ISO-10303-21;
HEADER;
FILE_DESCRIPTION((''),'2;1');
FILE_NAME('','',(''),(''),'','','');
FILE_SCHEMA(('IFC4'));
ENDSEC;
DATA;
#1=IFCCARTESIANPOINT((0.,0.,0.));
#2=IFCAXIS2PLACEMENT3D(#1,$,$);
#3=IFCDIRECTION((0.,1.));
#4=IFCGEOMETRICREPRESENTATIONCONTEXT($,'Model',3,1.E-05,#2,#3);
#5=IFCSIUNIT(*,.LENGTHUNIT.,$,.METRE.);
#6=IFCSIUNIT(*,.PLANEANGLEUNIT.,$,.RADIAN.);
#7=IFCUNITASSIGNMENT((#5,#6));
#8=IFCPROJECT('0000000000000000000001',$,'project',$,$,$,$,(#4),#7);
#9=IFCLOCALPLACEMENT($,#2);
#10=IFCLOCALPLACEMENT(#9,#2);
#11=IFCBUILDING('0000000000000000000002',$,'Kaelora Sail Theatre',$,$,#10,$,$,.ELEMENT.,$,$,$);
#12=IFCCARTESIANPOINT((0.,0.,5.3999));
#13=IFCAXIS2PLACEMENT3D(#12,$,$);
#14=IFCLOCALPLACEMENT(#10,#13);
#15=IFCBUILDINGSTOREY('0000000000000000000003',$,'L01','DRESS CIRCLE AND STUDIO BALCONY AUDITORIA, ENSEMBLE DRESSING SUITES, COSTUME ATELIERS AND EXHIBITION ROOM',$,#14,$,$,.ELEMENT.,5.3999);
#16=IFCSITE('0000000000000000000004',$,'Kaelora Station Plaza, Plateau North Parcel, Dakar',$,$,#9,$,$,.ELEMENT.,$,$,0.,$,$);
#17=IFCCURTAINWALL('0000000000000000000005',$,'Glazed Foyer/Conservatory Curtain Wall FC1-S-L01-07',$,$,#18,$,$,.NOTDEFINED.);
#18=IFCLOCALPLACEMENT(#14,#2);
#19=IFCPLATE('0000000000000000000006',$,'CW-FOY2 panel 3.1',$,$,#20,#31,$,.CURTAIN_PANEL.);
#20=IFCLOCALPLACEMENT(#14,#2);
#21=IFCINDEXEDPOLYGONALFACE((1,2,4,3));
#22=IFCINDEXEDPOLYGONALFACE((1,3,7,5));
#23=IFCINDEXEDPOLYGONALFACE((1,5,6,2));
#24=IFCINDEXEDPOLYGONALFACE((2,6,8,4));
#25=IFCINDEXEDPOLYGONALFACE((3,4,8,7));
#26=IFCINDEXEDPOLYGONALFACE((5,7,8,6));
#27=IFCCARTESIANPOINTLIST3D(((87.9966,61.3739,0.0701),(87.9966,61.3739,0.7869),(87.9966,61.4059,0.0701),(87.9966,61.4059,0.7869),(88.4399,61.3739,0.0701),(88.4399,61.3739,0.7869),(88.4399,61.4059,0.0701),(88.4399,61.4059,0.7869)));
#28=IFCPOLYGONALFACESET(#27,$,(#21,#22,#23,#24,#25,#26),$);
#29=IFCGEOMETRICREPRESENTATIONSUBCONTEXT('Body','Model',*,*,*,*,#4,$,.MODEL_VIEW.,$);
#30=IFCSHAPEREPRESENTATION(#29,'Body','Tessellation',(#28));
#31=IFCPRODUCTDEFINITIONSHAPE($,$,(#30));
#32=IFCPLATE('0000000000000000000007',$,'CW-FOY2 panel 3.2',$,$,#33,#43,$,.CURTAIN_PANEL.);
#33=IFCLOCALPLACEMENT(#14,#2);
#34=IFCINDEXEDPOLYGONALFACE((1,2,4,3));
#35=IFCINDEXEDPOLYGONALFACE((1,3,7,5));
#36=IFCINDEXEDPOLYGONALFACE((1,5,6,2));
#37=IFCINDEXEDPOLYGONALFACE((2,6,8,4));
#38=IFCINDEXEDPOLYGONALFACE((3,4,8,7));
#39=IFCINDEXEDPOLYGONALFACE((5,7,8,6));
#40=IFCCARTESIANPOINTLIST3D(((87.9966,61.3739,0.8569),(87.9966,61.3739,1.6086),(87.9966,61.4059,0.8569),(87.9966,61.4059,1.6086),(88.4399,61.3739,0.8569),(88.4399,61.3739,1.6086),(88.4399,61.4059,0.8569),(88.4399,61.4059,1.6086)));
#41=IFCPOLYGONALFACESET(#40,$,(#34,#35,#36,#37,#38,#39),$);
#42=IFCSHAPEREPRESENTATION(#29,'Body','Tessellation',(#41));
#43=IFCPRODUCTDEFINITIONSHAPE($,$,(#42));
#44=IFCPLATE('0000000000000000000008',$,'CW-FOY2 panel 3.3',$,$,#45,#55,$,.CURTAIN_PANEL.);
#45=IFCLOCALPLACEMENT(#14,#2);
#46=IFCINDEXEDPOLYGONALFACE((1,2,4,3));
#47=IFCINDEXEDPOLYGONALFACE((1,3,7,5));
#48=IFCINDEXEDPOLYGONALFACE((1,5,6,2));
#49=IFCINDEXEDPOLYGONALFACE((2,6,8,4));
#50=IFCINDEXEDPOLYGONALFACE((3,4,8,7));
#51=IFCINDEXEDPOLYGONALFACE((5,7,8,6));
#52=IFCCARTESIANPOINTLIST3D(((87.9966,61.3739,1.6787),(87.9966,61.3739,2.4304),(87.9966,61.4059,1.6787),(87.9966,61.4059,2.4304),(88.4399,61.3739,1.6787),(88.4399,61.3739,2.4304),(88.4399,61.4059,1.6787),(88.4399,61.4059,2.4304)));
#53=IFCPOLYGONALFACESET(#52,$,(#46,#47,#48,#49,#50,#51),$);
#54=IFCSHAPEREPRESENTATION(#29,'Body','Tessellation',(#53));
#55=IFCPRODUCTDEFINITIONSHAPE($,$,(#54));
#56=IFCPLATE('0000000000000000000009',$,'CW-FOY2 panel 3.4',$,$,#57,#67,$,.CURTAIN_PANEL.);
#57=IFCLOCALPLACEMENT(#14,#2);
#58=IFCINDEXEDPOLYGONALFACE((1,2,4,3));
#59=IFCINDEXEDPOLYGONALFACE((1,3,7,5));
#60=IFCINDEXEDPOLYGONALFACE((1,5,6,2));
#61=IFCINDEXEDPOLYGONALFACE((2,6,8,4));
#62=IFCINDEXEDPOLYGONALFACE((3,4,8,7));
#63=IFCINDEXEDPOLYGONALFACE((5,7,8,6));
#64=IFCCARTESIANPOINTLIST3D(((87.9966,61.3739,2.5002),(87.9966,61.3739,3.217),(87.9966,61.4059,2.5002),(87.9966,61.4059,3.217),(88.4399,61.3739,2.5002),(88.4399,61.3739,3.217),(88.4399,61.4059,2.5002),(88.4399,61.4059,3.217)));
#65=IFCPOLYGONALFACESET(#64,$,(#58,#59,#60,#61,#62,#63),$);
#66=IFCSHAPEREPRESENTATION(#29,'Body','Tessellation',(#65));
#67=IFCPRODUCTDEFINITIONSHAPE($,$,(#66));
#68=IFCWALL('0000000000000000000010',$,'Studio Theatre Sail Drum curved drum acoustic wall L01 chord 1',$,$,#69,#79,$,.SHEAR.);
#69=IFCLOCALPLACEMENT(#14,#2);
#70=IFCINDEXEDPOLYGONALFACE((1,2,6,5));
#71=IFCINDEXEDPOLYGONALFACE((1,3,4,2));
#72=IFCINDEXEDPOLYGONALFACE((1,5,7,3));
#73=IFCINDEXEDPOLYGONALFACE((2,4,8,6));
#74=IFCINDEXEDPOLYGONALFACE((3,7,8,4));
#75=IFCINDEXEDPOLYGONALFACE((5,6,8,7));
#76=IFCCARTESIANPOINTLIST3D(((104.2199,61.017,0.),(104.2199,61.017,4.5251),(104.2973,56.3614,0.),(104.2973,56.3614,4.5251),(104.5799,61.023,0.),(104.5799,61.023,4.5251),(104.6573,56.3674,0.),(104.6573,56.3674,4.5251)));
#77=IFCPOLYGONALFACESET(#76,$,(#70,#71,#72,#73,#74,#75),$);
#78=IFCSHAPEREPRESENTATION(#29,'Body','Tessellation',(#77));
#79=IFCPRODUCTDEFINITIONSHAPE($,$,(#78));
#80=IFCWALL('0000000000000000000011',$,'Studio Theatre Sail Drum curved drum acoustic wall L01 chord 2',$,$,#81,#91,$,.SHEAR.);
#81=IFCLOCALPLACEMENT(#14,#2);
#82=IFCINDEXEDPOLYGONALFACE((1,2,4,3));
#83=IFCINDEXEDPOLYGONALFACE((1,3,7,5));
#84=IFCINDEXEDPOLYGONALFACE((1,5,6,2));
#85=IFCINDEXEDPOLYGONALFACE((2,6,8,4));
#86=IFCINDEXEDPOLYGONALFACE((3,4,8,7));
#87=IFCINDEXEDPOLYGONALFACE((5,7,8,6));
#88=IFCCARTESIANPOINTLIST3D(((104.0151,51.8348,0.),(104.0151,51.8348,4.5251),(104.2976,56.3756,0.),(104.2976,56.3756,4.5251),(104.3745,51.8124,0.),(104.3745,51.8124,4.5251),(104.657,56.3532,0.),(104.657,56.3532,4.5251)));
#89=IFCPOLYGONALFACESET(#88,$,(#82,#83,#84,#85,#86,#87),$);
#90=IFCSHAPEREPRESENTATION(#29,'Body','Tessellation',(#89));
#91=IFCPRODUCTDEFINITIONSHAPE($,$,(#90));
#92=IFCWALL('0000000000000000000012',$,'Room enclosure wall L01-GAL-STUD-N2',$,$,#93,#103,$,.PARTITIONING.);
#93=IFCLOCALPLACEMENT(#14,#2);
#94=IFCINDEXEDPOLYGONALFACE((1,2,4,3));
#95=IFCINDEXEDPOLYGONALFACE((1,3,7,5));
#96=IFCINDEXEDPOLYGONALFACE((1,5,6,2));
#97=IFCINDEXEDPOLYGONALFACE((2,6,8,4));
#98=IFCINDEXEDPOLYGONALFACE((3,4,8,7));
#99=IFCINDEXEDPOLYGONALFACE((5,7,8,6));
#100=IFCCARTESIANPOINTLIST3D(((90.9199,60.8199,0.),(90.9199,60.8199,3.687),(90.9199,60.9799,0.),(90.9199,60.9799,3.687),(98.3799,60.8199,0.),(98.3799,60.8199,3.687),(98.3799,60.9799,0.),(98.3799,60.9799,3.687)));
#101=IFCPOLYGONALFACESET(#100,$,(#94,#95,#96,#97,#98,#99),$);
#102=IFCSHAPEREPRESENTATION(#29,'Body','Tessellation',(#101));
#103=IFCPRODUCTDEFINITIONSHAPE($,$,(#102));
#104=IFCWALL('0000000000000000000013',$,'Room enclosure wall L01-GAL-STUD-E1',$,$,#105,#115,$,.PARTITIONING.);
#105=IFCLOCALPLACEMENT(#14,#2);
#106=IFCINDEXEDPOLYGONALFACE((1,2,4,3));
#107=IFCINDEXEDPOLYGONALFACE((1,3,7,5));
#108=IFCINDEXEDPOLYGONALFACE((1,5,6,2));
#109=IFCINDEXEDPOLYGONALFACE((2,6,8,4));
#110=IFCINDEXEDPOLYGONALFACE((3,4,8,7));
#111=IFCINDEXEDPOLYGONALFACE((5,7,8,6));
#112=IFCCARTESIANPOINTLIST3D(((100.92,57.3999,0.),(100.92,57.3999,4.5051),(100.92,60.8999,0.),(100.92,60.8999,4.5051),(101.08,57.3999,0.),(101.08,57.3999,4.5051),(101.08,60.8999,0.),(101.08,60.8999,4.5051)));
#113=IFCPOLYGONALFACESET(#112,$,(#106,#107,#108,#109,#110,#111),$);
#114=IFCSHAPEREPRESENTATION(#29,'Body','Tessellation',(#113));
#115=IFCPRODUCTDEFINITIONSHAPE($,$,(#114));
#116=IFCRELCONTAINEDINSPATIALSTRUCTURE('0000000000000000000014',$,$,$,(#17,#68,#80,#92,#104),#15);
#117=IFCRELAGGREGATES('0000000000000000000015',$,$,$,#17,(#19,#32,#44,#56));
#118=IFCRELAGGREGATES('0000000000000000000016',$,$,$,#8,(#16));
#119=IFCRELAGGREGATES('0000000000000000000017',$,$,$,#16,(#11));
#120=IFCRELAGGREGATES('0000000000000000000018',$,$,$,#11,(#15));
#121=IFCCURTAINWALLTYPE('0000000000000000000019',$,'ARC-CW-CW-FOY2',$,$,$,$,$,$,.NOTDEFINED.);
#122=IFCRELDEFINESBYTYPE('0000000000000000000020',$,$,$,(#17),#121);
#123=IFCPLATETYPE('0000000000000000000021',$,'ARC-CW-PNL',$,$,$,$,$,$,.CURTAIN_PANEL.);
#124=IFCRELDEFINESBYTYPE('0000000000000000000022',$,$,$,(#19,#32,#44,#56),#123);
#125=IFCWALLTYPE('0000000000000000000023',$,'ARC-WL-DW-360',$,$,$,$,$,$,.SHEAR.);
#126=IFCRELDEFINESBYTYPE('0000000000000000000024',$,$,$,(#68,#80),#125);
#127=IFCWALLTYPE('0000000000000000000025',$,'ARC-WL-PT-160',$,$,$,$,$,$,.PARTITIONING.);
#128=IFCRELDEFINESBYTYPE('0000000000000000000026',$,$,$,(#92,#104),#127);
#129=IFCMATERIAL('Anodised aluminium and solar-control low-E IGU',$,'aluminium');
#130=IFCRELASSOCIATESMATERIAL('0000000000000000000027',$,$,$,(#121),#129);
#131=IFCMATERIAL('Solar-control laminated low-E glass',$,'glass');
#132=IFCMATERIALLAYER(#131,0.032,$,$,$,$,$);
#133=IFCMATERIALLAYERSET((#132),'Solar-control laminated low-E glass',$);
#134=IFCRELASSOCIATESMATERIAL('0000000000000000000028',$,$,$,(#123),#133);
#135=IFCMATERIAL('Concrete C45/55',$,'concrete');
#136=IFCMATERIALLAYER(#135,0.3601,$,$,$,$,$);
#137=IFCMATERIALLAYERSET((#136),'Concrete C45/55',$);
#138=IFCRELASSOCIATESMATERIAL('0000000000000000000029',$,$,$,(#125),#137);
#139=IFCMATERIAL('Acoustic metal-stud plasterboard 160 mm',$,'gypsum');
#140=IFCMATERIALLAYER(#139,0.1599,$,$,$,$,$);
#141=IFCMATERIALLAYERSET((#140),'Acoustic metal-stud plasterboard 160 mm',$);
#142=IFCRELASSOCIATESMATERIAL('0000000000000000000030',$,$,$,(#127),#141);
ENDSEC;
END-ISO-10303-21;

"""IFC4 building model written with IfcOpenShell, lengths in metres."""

from ifc_helpers import new_model, si_unit, direction, frame, frame_2d, origin, origin_2d, place, context, subcontext, project, spatial, rectangle, extrude, material, layer, layer_set, type_object, element, aggregate, save


model = new_model("IFC4")

# Units and contexts
model_context = context("Model", 3, precision=1e-05, world=origin(), true_north=direction((0.0, 1.0)))
body_context = subcontext(model_context, "Body", "Model", "MODEL_VIEW")
ifc_project = project(units=[si_unit("LENGTHUNIT", "METRE"), si_unit("PLANEANGLEUNIT", "RADIAN")], contexts=[model_context])

# Site, building, storey
site_placement = place(None, origin())
site = spatial("IfcSite", under=ifc_project, at=site_placement, Name="Kaelora Station Plaza, Plateau North Parcel, Dakar", CompositionType="ELEMENT", RefElevation=0.0)
building_placement = place(site_placement, origin())
building = spatial("IfcBuilding", under=site, at=building_placement, Name="Kaelora Sail Theatre", CompositionType="ELEMENT")
storey_placement = place(building_placement, frame((0.0, 0.0, 5.3999)))
storey = spatial("IfcBuildingStorey", under=building, at=storey_placement, Name="L01", Description="DRESS CIRCLE AND STUDIO BALCONY AUDITORIA, ENSEMBLE DRESSING SUITES, COSTUME ATELIERS AND EXHIBITION ROOM", CompositionType="ELEMENT", Elevation=5.3999)

# Curtain wall
ifc_material_1 = material(Name="Anodised aluminium and solar-control low-E IGU", Category="aluminium")
curtain_wall_type = type_object("IfcCurtainWallType", Name="ARC-CW-CW-FOY2", PredefinedType="NOTDEFINED", material=ifc_material_1)
curtain_wall_1_placement = place(storey_placement, origin())
curtain_wall_1 = element("IfcCurtainWall", 1, at=curtain_wall_1_placement, inside=storey, type_object=curtain_wall_type, Name="Glazed Foyer/Conservatory Curtain Wall FC1-S-L01-07", PredefinedType="NOTDEFINED")

# Plates
ifc_material_2 = material(Name="Solar-control laminated low-E glass", Category="glass")
ifc_layer_1 = layer(ifc_material_2, 0.032)
ifc_layer_set_1 = layer_set([ifc_layer_1], Name="Solar-control laminated low-E glass")
plate_type = type_object("IfcPlateType", Name="ARC-CW-PNL", PredefinedType="CURTAIN_PANEL", material=ifc_layer_set_1)
plate_1_placement = place(storey_placement, frame((88.2183, 61.3899, 0.0701), z_axis=(0.0, 0.0, 1.0), x_axis=(1.0, 0.0, 0.0)))
plate_1 = element("IfcPlate", 2, at=plate_1_placement, type_object=plate_type, Name="CW-FOY2 panel 3.1", PredefinedType="CURTAIN_PANEL", context=body_context, shape_type="SweptSolid", body=[
    extrude(rectangle(XDim=0.4434, YDim=0.032, at=origin_2d()), origin(), (0.0, 0.0, 1.0), 0.7168),
])
plate_2_placement = place(storey_placement, frame((88.2183, 61.3899, 0.8569), z_axis=(0.0, 0.0, 1.0), x_axis=(1.0, 0.0, 0.0)))
plate_2 = element("IfcPlate", 3, at=plate_2_placement, type_object=plate_type, Name="CW-FOY2 panel 3.2", PredefinedType="CURTAIN_PANEL", context=body_context, shape_type="SweptSolid", body=[
    extrude(rectangle(XDim=0.4434, YDim=0.032, at=origin_2d()), origin(), (0.0, 0.0, 1.0), 0.7517),
])
plate_3_placement = place(storey_placement, frame((88.2183, 61.3899, 1.6787), z_axis=(0.0, 0.0, 1.0), x_axis=(1.0, 0.0, 0.0)))
plate_3 = element("IfcPlate", 4, at=plate_3_placement, type_object=plate_type, Name="CW-FOY2 panel 3.3", PredefinedType="CURTAIN_PANEL", context=body_context, shape_type="SweptSolid", body=[
    extrude(rectangle(XDim=0.4434, YDim=0.032, at=origin_2d()), origin(), (0.0, 0.0, 1.0), 0.7517),
])
plate_4_placement = place(storey_placement, frame((88.2183, 61.3899, 2.5002), z_axis=(0.0, 0.0, 1.0), x_axis=(1.0, 0.0, 0.0)))
plate_4 = element("IfcPlate", 5, at=plate_4_placement, type_object=plate_type, Name="CW-FOY2 panel 3.4", PredefinedType="CURTAIN_PANEL", context=body_context, shape_type="SweptSolid", body=[
    extrude(rectangle(XDim=0.4434, YDim=0.032, at=origin_2d()), origin(), (0.0, 0.0, 1.0), 0.7168),
])
aggregate(curtain_wall_1, [plate_1, plate_2, plate_3, plate_4])

# Walls
ifc_material_3 = material(Name="Concrete C45/55", Category="concrete")
ifc_layer_2 = layer(ifc_material_3, 0.3601)
ifc_layer_set_2 = layer_set([ifc_layer_2], Name="Concrete C45/55")
wall_type_1 = type_object("IfcWallType", Name="ARC-WL-DW-360", PredefinedType="SHEAR", material=ifc_layer_set_2)
wall_1_placement = place(storey_placement, frame((104.3999, 61.02, 0.0), z_axis=(0.0, 0.0, 1.0), x_axis=(0.016622, -0.999862, 0.0)))
element("IfcWall", 6, at=wall_1_placement, inside=storey, type_object=wall_type_1, Name="Studio Theatre Sail Drum curved drum acoustic wall L01 chord 1", PredefinedType="SHEAR", context=body_context, shape_type="SweptSolid", body=[
    extrude(rectangle(XDim=4.6562, YDim=0.3601, at=frame_2d((2.3281, 0.0))), origin(), (0.0, 0.0, 1.0), 4.5251),
])
wall_2_placement = place(storey_placement, frame((104.4773, 56.3645, 0.0), z_axis=(0.0, 0.0, 1.0), x_axis=(-0.062088, -0.998071, 0.0)))
element("IfcWall", 7, at=wall_2_placement, inside=storey, type_object=wall_type_1, Name="Studio Theatre Sail Drum curved drum acoustic wall L01 chord 2", PredefinedType="SHEAR", context=body_context, shape_type="SweptSolid", body=[
    extrude(rectangle(XDim=4.5496, YDim=0.3601, at=frame_2d((2.2749, 0.0))), origin(), (0.0, 0.0, 1.0), 4.5251),
])
ifc_material_4 = material(Name="Acoustic metal-stud plasterboard 160 mm", Category="gypsum")
ifc_layer_3 = layer(ifc_material_4, 0.1599)
ifc_layer_set_3 = layer_set([ifc_layer_3], Name="Acoustic metal-stud plasterboard 160 mm")
wall_type_2 = type_object("IfcWallType", Name="ARC-WL-PT-160", PredefinedType="PARTITIONING", material=ifc_layer_set_3)
wall_3_placement = place(storey_placement, frame((90.9199, 60.8999, 0.0), z_axis=(0.0, 0.0, 1.0), x_axis=(1.0, 0.0, 0.0)))
element("IfcWall", 8, at=wall_3_placement, inside=storey, type_object=wall_type_2, Name="Room enclosure wall L01-GAL-STUD-N2", PredefinedType="PARTITIONING", context=body_context, shape_type="SweptSolid", body=[
    extrude(rectangle(XDim=7.46, YDim=0.1599, at=frame_2d((3.73, 0.0))), origin(), (0.0, 0.0, 1.0), 3.687),
])
wall_4_placement = place(storey_placement, frame((101.0, 57.3999, 0.0), z_axis=(0.0, 0.0, 1.0), x_axis=(0.0, 1.0, 0.0)))
element("IfcWall", 9, at=wall_4_placement, inside=storey, type_object=wall_type_2, Name="Room enclosure wall L01-GAL-STUD-E1", PredefinedType="PARTITIONING", context=body_context, shape_type="SweptSolid", body=[
    extrude(rectangle(XDim=3.5, YDim=0.1599, at=frame_2d((1.75, 0.0))), origin(), (0.0, 0.0, 1.0), 4.5051),
])

save(model, "model.ifc")
